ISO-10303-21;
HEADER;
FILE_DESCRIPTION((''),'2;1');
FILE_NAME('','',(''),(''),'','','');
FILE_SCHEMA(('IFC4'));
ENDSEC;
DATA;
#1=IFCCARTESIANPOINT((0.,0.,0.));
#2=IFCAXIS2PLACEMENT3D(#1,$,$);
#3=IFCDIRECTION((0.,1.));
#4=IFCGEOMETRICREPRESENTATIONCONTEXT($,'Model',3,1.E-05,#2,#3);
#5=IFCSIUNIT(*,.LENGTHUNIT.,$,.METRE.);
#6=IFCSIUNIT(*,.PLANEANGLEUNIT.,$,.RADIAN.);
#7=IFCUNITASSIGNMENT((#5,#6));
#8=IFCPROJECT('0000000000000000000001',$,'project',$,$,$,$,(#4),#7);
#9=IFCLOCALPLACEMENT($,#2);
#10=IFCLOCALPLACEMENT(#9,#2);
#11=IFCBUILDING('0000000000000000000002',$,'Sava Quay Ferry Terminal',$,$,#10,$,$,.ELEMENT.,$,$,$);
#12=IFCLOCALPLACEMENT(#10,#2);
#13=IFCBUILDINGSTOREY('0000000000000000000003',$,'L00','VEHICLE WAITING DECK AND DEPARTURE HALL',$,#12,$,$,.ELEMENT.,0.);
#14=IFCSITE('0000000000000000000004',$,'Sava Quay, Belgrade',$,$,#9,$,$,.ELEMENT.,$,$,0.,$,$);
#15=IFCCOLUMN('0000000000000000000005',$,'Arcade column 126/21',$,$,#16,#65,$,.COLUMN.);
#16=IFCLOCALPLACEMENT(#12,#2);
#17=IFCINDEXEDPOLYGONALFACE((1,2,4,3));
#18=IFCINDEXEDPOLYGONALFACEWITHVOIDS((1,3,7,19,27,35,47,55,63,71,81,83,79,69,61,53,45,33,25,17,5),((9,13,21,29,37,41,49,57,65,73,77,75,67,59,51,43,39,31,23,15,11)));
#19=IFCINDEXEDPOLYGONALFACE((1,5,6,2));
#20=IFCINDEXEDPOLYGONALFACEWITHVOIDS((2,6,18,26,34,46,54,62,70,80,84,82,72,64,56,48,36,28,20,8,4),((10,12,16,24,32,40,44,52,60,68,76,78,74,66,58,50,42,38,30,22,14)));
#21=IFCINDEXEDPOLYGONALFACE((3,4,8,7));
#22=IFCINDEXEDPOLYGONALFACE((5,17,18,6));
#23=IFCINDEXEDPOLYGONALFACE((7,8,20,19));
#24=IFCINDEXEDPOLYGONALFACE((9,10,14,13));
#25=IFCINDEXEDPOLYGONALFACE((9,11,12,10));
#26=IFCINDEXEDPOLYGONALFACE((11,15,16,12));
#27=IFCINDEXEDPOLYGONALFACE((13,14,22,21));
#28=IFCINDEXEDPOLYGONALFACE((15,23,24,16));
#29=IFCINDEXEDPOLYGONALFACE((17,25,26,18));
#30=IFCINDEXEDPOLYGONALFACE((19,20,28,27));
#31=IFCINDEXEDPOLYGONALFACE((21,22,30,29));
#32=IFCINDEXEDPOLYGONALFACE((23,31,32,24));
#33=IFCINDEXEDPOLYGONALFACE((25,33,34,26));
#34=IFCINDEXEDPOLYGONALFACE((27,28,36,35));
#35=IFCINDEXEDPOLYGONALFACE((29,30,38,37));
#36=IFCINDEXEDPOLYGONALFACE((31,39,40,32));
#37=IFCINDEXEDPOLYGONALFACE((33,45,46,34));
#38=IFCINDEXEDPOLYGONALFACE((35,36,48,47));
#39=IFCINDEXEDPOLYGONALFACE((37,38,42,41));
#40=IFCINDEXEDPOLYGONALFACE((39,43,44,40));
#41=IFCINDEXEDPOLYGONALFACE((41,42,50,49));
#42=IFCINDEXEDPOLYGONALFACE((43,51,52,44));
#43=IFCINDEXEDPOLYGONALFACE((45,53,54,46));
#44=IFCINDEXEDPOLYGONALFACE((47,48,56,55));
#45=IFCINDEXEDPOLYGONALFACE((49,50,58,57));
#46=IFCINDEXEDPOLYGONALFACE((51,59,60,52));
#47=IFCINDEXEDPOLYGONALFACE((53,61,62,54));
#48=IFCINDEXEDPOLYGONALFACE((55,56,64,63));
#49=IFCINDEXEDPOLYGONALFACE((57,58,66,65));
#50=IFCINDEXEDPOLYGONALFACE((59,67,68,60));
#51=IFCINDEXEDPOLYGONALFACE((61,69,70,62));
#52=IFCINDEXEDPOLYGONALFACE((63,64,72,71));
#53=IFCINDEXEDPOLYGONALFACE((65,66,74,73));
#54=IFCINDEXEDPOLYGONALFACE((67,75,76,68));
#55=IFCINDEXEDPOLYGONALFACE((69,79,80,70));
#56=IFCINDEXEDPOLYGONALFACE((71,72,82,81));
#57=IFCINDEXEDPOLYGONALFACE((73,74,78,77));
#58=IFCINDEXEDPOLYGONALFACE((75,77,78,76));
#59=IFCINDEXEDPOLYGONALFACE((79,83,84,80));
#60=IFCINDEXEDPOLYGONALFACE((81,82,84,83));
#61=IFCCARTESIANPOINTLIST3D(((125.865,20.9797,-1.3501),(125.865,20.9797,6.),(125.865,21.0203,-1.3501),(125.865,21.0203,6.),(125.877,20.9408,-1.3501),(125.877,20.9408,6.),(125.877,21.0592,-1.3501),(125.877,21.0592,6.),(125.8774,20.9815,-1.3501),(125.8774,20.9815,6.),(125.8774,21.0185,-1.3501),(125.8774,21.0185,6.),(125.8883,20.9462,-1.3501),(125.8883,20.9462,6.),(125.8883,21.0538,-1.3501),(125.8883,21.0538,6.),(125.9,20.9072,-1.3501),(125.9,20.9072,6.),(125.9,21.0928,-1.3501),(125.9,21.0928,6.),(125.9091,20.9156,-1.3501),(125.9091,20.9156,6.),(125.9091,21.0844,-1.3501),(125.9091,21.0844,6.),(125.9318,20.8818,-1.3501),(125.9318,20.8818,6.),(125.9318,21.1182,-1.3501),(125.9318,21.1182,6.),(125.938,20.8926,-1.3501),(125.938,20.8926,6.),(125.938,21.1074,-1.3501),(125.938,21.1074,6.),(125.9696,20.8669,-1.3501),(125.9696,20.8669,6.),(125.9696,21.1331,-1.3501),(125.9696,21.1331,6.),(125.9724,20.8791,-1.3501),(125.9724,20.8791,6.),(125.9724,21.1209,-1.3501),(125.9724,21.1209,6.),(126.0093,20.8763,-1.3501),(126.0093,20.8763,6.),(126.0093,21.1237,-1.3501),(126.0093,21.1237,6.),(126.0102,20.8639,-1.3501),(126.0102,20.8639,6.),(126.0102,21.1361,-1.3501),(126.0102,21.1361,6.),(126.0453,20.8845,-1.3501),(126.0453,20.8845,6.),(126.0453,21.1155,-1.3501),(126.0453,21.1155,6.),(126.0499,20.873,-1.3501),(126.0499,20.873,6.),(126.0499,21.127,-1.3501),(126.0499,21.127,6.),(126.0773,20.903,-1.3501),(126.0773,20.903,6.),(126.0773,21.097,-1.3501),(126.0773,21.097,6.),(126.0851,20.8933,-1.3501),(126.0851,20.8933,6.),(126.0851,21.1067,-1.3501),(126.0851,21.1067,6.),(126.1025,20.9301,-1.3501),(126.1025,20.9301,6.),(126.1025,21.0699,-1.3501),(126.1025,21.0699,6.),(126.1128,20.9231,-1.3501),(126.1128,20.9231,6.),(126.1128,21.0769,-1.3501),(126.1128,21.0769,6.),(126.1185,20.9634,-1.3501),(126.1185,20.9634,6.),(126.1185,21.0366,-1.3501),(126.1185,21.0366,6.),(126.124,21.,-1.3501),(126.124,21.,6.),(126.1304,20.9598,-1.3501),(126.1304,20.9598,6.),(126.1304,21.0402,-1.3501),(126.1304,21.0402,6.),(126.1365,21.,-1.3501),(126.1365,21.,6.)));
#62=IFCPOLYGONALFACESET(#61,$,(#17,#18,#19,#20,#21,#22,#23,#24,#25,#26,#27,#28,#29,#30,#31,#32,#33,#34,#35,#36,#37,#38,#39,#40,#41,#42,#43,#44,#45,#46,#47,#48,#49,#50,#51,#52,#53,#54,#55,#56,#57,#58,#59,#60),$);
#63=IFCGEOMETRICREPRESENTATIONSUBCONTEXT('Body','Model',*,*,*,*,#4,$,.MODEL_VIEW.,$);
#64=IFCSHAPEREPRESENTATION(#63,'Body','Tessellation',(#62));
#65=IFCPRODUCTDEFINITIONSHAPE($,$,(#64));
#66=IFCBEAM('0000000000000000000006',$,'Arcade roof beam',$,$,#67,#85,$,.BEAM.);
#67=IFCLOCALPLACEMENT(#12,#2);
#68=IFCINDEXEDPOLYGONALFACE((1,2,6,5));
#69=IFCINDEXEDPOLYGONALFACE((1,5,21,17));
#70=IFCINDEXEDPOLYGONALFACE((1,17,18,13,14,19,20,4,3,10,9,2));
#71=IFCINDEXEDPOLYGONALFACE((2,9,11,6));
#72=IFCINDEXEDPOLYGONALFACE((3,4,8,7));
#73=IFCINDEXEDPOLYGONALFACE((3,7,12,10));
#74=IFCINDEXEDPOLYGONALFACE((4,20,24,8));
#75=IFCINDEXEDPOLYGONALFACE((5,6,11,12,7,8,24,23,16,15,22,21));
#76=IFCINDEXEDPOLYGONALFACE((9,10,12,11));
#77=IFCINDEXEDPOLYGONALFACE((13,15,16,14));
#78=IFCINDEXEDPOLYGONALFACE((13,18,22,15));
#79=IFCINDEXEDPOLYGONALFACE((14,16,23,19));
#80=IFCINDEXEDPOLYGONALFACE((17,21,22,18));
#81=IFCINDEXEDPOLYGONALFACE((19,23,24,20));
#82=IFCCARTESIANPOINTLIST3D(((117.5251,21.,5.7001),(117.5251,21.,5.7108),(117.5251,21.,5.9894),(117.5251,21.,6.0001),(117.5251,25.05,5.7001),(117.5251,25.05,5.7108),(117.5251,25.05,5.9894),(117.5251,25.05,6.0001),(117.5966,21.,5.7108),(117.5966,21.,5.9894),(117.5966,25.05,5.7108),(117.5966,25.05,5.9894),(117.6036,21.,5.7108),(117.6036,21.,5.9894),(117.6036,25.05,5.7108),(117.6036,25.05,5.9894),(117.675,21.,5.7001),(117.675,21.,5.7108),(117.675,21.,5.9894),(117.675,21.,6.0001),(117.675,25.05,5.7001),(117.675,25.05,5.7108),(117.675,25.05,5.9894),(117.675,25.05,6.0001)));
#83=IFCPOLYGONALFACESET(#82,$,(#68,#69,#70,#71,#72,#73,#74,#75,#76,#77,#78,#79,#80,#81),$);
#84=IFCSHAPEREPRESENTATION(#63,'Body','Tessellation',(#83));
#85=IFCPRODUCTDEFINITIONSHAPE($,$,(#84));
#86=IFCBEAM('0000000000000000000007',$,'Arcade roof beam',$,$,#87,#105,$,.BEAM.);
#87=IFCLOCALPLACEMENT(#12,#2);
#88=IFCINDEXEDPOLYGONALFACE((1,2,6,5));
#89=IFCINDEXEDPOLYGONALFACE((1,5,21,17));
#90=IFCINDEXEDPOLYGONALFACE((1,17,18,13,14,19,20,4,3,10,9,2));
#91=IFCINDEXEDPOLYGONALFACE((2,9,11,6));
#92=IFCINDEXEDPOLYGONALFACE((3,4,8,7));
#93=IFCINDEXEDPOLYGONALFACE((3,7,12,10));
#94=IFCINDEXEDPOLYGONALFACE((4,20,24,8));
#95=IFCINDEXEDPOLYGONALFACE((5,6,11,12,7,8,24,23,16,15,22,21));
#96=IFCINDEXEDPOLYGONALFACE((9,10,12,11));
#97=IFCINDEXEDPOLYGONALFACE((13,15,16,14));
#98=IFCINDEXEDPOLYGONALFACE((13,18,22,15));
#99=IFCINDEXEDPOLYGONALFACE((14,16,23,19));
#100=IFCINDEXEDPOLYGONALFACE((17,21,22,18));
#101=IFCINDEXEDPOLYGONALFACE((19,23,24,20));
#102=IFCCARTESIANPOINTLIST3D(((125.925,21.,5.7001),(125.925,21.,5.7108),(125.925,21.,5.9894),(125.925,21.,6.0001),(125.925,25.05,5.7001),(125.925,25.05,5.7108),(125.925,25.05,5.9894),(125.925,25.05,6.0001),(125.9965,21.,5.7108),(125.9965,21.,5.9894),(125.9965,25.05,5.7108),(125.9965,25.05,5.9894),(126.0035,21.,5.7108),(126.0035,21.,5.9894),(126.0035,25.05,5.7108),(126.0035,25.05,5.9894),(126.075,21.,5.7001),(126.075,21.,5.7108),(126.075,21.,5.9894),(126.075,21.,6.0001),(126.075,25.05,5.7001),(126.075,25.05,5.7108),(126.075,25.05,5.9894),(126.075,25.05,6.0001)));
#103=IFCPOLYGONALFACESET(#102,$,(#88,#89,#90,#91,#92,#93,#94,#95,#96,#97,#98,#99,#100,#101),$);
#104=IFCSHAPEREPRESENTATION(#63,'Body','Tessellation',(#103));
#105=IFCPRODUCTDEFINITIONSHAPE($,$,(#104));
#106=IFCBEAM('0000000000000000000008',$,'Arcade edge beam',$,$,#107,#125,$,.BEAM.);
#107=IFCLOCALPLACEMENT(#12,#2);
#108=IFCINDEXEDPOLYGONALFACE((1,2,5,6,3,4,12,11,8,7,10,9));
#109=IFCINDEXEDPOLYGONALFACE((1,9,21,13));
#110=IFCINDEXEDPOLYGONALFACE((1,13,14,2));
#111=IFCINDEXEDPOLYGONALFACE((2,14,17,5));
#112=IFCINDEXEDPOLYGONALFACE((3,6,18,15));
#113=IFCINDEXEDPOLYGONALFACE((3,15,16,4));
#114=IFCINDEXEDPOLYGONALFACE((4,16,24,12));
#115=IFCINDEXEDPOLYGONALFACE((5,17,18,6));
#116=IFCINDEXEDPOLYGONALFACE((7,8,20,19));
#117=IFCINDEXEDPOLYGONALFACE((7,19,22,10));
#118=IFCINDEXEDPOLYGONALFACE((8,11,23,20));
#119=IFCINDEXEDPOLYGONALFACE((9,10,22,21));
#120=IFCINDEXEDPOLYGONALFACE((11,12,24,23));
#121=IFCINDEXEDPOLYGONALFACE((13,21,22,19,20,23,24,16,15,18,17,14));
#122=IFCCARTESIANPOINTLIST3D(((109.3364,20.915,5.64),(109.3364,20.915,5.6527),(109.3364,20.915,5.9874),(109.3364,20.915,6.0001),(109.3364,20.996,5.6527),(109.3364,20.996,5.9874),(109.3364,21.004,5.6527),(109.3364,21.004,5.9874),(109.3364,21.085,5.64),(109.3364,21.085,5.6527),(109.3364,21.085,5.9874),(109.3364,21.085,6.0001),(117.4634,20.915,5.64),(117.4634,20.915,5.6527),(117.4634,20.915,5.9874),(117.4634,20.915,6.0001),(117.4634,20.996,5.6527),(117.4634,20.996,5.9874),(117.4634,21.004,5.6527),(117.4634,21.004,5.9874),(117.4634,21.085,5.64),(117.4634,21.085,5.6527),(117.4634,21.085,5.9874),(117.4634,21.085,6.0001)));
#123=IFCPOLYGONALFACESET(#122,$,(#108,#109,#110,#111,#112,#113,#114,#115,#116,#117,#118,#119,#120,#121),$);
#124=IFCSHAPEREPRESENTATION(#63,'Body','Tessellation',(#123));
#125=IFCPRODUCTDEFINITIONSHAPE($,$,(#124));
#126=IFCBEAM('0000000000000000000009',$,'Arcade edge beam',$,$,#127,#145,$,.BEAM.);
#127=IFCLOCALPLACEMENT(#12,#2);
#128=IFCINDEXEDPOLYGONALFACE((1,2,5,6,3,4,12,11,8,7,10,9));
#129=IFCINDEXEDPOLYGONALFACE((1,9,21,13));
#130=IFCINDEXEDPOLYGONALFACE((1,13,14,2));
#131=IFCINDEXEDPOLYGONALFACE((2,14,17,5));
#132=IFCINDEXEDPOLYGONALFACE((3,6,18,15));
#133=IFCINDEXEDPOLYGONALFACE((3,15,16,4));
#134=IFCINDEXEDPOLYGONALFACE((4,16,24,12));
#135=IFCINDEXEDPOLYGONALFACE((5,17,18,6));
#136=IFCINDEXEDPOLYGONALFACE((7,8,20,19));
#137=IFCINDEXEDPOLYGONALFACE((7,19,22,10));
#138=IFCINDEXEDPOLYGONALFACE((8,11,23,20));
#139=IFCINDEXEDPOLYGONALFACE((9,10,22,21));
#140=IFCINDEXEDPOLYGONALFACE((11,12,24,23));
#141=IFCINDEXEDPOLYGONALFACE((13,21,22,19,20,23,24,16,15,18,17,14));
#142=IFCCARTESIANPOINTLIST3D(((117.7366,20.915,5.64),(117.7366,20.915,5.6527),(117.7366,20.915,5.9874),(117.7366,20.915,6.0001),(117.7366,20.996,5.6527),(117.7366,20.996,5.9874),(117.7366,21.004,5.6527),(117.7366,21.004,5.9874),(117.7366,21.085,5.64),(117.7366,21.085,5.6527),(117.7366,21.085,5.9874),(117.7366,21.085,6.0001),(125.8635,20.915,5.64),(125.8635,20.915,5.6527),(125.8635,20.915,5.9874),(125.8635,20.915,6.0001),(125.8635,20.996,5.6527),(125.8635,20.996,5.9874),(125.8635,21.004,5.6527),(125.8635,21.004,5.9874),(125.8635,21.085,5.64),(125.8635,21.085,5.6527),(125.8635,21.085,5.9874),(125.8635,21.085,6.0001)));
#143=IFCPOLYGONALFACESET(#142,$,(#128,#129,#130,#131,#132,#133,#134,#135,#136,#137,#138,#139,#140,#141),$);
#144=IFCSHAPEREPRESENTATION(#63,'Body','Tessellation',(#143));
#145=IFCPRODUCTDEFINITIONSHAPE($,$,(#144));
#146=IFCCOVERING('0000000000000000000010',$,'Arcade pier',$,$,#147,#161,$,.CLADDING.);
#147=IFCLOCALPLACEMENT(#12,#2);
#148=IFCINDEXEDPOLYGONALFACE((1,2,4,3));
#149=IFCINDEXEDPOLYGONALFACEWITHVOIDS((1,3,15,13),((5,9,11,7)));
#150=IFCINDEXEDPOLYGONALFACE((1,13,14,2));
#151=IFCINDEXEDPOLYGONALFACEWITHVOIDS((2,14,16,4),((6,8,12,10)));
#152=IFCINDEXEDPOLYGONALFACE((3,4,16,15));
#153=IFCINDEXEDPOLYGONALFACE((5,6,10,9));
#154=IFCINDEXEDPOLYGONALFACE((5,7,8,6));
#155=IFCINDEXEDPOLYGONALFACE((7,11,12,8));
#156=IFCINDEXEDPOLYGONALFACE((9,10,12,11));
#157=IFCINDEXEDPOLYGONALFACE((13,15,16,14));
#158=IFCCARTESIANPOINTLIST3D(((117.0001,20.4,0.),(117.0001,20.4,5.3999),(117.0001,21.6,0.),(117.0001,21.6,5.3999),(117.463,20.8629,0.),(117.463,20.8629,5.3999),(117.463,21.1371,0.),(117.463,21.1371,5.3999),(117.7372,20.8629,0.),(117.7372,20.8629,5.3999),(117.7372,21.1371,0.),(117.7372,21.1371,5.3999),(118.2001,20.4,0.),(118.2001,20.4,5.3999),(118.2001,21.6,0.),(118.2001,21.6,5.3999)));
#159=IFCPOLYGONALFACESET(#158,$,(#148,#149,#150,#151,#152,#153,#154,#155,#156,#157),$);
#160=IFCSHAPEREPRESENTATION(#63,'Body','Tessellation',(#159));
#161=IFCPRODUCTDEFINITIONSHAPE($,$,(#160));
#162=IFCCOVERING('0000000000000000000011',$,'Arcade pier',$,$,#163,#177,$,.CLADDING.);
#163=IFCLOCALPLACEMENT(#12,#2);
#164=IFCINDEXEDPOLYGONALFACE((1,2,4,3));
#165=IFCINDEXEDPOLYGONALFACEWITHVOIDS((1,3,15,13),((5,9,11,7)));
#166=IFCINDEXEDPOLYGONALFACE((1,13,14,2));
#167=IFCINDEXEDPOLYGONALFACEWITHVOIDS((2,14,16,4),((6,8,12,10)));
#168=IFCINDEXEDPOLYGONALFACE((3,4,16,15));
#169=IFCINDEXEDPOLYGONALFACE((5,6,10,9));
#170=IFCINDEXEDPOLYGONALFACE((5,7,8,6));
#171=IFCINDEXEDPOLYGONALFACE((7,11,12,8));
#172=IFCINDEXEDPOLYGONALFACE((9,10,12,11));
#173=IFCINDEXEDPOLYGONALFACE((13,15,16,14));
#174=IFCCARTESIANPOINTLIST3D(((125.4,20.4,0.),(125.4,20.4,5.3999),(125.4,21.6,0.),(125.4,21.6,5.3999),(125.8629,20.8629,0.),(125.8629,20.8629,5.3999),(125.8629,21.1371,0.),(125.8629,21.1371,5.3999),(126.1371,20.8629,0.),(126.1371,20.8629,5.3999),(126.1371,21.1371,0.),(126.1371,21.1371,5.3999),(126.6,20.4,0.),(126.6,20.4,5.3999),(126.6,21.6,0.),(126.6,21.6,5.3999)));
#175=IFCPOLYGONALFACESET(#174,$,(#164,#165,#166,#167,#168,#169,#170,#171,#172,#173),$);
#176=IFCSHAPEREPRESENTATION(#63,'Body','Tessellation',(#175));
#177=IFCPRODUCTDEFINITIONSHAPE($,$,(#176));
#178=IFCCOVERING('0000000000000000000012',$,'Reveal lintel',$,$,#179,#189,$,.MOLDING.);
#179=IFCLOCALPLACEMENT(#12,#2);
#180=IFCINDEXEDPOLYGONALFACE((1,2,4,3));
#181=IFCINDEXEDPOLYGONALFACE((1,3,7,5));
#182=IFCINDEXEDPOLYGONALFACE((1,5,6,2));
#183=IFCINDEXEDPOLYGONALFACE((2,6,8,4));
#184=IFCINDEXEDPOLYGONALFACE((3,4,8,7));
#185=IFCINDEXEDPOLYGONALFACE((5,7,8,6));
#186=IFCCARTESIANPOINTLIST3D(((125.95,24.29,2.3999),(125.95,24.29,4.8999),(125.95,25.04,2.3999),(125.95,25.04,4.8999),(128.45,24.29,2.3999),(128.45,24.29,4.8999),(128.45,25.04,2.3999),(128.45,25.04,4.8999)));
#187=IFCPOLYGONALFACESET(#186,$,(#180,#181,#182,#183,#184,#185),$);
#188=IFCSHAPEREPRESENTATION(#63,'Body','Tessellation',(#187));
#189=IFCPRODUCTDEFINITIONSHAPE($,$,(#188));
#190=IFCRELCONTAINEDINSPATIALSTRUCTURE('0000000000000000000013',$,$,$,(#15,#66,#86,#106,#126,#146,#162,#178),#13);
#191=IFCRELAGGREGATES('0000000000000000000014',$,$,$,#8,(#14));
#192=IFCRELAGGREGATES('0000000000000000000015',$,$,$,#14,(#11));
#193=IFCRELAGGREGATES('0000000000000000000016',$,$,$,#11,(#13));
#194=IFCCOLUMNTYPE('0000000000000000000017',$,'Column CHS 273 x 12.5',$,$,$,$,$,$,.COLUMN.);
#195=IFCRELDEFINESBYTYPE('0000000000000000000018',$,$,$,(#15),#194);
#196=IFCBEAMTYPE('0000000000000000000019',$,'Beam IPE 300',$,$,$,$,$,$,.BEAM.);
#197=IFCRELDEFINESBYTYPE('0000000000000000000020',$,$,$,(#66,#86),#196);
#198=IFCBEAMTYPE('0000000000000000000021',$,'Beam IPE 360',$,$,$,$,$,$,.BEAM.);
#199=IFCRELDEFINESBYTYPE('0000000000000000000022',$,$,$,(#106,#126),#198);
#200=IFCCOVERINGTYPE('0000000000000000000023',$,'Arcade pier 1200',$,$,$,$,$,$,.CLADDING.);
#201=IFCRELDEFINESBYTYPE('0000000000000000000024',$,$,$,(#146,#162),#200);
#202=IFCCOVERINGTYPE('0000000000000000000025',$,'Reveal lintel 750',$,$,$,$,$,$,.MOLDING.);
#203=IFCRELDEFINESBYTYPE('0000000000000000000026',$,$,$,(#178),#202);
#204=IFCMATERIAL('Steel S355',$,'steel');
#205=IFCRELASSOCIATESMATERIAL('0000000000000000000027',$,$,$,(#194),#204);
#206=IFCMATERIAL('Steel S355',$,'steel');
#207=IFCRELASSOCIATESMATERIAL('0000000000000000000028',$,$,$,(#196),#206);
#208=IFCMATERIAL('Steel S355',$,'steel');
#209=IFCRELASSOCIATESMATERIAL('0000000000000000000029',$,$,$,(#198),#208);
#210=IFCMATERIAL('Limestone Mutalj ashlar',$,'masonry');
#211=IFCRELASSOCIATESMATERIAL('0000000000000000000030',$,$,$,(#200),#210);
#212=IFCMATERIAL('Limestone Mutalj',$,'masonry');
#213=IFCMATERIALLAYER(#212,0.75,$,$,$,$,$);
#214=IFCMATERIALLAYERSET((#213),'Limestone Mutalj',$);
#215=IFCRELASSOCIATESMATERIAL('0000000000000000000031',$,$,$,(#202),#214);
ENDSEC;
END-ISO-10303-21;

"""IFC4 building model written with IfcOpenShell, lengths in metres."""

from ifc_helpers import new_model, si_unit, direction, frame, origin, origin_2d, place, context, subcontext, project, spatial, rectangle, hollow_rectangle, hollow_circle, i_section, extrude, material, layer, layer_set, material_profile, profile_set, type_object, element, save


model = new_model("IFC4")

# Units and contexts
model_context = context("Model", 3, precision=1e-05, world=origin(), true_north=direction((0.0, 1.0)))
body_context = subcontext(model_context, "Body", "Model", "MODEL_VIEW")
ifc_project = project(units=[si_unit("LENGTHUNIT", "METRE"), si_unit("PLANEANGLEUNIT", "RADIAN")], contexts=[model_context])

# Site, building, storey
site_placement = place(None, origin())
site = spatial("IfcSite", under=ifc_project, at=site_placement, Name="Sava Quay, Belgrade", CompositionType="ELEMENT", RefElevation=0.0)
building_placement = place(site_placement, origin())
building = spatial("IfcBuilding", under=site, at=building_placement, Name="Sava Quay Ferry Terminal", CompositionType="ELEMENT")
storey_placement = place(building_placement, origin())
storey = spatial("IfcBuildingStorey", under=building, at=storey_placement, Name="L00", Description="VEHICLE WAITING DECK AND DEPARTURE HALL", CompositionType="ELEMENT", Elevation=0.0)

# Column
ifc_material_1 = material(Name="Steel S355", Category="steel")
ifc_material_profile_1 = material_profile(ifc_material_1, hollow_circle(Radius=0.1365, WallThickness=0.0125, at=origin_2d()), Name="CHS 273 x 12.5")
ifc_profile_set_1 = profile_set([ifc_material_profile_1], Name="Steel S355")
column_type = type_object("IfcColumnType", Name="Column CHS 273 x 12.5", PredefinedType="COLUMN", material=ifc_profile_set_1)
for number, where, z_axis, x_axis, name in (
    (1, (126.0, 21.0, -1.3501), (0.0, 0.0, 1.0), (1.0, 0.0, 0.0), "Arcade column 126/21"),
):
    element("IfcColumn", number, at=place(storey_placement, frame(where, z_axis=z_axis, x_axis=x_axis)), inside=storey, type_object=column_type, Name=name, PredefinedType="COLUMN", context=body_context, shape_type="SweptSolid", body=[
        extrude(hollow_circle(Radius=0.1365, WallThickness=0.0125, at=origin_2d()), origin(), (0.0, 0.0, 1.0), 7.3501),
    ])

# Beams
ifc_material_2 = material(Name="Steel S355", Category="steel")
ifc_material_profile_2 = material_profile(ifc_material_2, i_section(OverallWidth=0.1499, OverallDepth=0.3, WebThickness=0.0071, FlangeThickness=0.0107, at=origin_2d()), Name="IPE 300")
ifc_profile_set_2 = profile_set([ifc_material_profile_2], Name="Steel S355")
beam_type_1 = type_object("IfcBeamType", Name="Beam IPE 300", PredefinedType="BEAM", material=ifc_profile_set_2)
for number, where, z_axis, x_axis, name in (
    (2, (117.6001, 21.0, 5.8501), (0.0, 1.0, 0.0), (-1.0, 0.0, 0.0), "Arcade roof beam"),
    (3, (126.0, 21.0, 5.8501), (0.0, 1.0, 0.0), (-1.0, 0.0, 0.0), "Arcade roof beam"),
):
    element("IfcBeam", number, at=place(storey_placement, frame(where, z_axis=z_axis, x_axis=x_axis)), inside=storey, type_object=beam_type_1, Name=name, PredefinedType="BEAM", context=body_context, shape_type="SweptSolid", body=[
        extrude(i_section(OverallWidth=0.1499, OverallDepth=0.3, WebThickness=0.0071, FlangeThickness=0.0107, at=origin_2d()), origin(), (0.0, 0.0, 1.0), 4.05),
    ])
ifc_material_3 = material(Name="Steel S355", Category="steel")
ifc_material_profile_3 = material_profile(ifc_material_3, i_section(OverallWidth=0.1699, OverallDepth=0.3601, WebThickness=0.0081, FlangeThickness=0.0127, at=origin_2d()), Name="IPE 360")
ifc_profile_set_3 = profile_set([ifc_material_profile_3], Name="Steel S355")
beam_type_2 = type_object("IfcBeamType", Name="Beam IPE 360", PredefinedType="BEAM", material=ifc_profile_set_3)
for number, where, z_axis, x_axis, name in (
    (4, (109.3364, 21.0, 5.8201), (1.0, 0.0, 0.0), (0.0, 1.0, 0.0), "Arcade edge beam"),
    (5, (117.7366, 21.0, 5.8201), (1.0, 0.0, 0.0), (0.0, 1.0, 0.0), "Arcade edge beam"),
):
    element("IfcBeam", number, at=place(storey_placement, frame(where, z_axis=z_axis, x_axis=x_axis)), inside=storey, type_object=beam_type_2, Name=name, PredefinedType="BEAM", context=body_context, shape_type="SweptSolid", body=[
        extrude(i_section(OverallWidth=0.1699, OverallDepth=0.3601, WebThickness=0.0081, FlangeThickness=0.0127, at=origin_2d()), origin(), (0.0, 0.0, 1.0), 8.127),
    ])

# Coverings
ifc_material_4 = material(Name="Limestone Mutalj ashlar", Category="masonry")
ifc_material_profile_4 = material_profile(ifc_material_4, hollow_rectangle(XDim=1.2, YDim=1.2, WallThickness=0.4629, at=origin_2d()), Name="Arcade pier 1200")
ifc_profile_set_4 = profile_set([ifc_material_profile_4], Name="Limestone Mutalj ashlar")
covering_type_1 = type_object("IfcCoveringType", Name="Arcade pier 1200", PredefinedType="CLADDING", material=ifc_profile_set_4)
for number, where, z_axis, x_axis, name in (
    (6, (117.6001, 21.0, 0.0), (0.0, 0.0, 1.0), (1.0, 0.0, 0.0), "Arcade pier"),
    (7, (126.0, 21.0, 0.0), (0.0, 0.0, 1.0), (1.0, 0.0, 0.0), "Arcade pier"),
):
    element("IfcCovering", number, at=place(storey_placement, frame(where, z_axis=z_axis, x_axis=x_axis)), inside=storey, type_object=covering_type_1, Name=name, PredefinedType="CLADDING", context=body_context, shape_type="SweptSolid", body=[
        extrude(hollow_rectangle(XDim=1.2, YDim=1.2, WallThickness=0.4629, at=origin_2d()), origin(), (0.0, 0.0, 1.0), 5.3999),
    ])
ifc_material_5 = material(Name="Limestone Mutalj", Category="masonry")
ifc_layer_1 = layer(ifc_material_5, 0.75)
ifc_layer_set_1 = layer_set([ifc_layer_1], Name="Limestone Mutalj")
covering_type_2 = type_object("IfcCoveringType", Name="Reveal lintel 750", PredefinedType="MOLDING", material=ifc_layer_set_1)
covering_1_placement = place(storey_placement, frame((127.2, 24.665, 2.3999), z_axis=(0.0, 0.0, 1.0), x_axis=(1.0, 0.0, 0.0)))
element("IfcCovering", 8, at=covering_1_placement, inside=storey, type_object=covering_type_2, Name="Reveal lintel", PredefinedType="MOLDING", context=body_context, shape_type="SweptSolid", body=[
    extrude(rectangle(XDim=2.5, YDim=0.75, at=origin_2d()), origin(), (0.0, 0.0, 1.0), 2.5),
])

save(model, "model.ifc")
